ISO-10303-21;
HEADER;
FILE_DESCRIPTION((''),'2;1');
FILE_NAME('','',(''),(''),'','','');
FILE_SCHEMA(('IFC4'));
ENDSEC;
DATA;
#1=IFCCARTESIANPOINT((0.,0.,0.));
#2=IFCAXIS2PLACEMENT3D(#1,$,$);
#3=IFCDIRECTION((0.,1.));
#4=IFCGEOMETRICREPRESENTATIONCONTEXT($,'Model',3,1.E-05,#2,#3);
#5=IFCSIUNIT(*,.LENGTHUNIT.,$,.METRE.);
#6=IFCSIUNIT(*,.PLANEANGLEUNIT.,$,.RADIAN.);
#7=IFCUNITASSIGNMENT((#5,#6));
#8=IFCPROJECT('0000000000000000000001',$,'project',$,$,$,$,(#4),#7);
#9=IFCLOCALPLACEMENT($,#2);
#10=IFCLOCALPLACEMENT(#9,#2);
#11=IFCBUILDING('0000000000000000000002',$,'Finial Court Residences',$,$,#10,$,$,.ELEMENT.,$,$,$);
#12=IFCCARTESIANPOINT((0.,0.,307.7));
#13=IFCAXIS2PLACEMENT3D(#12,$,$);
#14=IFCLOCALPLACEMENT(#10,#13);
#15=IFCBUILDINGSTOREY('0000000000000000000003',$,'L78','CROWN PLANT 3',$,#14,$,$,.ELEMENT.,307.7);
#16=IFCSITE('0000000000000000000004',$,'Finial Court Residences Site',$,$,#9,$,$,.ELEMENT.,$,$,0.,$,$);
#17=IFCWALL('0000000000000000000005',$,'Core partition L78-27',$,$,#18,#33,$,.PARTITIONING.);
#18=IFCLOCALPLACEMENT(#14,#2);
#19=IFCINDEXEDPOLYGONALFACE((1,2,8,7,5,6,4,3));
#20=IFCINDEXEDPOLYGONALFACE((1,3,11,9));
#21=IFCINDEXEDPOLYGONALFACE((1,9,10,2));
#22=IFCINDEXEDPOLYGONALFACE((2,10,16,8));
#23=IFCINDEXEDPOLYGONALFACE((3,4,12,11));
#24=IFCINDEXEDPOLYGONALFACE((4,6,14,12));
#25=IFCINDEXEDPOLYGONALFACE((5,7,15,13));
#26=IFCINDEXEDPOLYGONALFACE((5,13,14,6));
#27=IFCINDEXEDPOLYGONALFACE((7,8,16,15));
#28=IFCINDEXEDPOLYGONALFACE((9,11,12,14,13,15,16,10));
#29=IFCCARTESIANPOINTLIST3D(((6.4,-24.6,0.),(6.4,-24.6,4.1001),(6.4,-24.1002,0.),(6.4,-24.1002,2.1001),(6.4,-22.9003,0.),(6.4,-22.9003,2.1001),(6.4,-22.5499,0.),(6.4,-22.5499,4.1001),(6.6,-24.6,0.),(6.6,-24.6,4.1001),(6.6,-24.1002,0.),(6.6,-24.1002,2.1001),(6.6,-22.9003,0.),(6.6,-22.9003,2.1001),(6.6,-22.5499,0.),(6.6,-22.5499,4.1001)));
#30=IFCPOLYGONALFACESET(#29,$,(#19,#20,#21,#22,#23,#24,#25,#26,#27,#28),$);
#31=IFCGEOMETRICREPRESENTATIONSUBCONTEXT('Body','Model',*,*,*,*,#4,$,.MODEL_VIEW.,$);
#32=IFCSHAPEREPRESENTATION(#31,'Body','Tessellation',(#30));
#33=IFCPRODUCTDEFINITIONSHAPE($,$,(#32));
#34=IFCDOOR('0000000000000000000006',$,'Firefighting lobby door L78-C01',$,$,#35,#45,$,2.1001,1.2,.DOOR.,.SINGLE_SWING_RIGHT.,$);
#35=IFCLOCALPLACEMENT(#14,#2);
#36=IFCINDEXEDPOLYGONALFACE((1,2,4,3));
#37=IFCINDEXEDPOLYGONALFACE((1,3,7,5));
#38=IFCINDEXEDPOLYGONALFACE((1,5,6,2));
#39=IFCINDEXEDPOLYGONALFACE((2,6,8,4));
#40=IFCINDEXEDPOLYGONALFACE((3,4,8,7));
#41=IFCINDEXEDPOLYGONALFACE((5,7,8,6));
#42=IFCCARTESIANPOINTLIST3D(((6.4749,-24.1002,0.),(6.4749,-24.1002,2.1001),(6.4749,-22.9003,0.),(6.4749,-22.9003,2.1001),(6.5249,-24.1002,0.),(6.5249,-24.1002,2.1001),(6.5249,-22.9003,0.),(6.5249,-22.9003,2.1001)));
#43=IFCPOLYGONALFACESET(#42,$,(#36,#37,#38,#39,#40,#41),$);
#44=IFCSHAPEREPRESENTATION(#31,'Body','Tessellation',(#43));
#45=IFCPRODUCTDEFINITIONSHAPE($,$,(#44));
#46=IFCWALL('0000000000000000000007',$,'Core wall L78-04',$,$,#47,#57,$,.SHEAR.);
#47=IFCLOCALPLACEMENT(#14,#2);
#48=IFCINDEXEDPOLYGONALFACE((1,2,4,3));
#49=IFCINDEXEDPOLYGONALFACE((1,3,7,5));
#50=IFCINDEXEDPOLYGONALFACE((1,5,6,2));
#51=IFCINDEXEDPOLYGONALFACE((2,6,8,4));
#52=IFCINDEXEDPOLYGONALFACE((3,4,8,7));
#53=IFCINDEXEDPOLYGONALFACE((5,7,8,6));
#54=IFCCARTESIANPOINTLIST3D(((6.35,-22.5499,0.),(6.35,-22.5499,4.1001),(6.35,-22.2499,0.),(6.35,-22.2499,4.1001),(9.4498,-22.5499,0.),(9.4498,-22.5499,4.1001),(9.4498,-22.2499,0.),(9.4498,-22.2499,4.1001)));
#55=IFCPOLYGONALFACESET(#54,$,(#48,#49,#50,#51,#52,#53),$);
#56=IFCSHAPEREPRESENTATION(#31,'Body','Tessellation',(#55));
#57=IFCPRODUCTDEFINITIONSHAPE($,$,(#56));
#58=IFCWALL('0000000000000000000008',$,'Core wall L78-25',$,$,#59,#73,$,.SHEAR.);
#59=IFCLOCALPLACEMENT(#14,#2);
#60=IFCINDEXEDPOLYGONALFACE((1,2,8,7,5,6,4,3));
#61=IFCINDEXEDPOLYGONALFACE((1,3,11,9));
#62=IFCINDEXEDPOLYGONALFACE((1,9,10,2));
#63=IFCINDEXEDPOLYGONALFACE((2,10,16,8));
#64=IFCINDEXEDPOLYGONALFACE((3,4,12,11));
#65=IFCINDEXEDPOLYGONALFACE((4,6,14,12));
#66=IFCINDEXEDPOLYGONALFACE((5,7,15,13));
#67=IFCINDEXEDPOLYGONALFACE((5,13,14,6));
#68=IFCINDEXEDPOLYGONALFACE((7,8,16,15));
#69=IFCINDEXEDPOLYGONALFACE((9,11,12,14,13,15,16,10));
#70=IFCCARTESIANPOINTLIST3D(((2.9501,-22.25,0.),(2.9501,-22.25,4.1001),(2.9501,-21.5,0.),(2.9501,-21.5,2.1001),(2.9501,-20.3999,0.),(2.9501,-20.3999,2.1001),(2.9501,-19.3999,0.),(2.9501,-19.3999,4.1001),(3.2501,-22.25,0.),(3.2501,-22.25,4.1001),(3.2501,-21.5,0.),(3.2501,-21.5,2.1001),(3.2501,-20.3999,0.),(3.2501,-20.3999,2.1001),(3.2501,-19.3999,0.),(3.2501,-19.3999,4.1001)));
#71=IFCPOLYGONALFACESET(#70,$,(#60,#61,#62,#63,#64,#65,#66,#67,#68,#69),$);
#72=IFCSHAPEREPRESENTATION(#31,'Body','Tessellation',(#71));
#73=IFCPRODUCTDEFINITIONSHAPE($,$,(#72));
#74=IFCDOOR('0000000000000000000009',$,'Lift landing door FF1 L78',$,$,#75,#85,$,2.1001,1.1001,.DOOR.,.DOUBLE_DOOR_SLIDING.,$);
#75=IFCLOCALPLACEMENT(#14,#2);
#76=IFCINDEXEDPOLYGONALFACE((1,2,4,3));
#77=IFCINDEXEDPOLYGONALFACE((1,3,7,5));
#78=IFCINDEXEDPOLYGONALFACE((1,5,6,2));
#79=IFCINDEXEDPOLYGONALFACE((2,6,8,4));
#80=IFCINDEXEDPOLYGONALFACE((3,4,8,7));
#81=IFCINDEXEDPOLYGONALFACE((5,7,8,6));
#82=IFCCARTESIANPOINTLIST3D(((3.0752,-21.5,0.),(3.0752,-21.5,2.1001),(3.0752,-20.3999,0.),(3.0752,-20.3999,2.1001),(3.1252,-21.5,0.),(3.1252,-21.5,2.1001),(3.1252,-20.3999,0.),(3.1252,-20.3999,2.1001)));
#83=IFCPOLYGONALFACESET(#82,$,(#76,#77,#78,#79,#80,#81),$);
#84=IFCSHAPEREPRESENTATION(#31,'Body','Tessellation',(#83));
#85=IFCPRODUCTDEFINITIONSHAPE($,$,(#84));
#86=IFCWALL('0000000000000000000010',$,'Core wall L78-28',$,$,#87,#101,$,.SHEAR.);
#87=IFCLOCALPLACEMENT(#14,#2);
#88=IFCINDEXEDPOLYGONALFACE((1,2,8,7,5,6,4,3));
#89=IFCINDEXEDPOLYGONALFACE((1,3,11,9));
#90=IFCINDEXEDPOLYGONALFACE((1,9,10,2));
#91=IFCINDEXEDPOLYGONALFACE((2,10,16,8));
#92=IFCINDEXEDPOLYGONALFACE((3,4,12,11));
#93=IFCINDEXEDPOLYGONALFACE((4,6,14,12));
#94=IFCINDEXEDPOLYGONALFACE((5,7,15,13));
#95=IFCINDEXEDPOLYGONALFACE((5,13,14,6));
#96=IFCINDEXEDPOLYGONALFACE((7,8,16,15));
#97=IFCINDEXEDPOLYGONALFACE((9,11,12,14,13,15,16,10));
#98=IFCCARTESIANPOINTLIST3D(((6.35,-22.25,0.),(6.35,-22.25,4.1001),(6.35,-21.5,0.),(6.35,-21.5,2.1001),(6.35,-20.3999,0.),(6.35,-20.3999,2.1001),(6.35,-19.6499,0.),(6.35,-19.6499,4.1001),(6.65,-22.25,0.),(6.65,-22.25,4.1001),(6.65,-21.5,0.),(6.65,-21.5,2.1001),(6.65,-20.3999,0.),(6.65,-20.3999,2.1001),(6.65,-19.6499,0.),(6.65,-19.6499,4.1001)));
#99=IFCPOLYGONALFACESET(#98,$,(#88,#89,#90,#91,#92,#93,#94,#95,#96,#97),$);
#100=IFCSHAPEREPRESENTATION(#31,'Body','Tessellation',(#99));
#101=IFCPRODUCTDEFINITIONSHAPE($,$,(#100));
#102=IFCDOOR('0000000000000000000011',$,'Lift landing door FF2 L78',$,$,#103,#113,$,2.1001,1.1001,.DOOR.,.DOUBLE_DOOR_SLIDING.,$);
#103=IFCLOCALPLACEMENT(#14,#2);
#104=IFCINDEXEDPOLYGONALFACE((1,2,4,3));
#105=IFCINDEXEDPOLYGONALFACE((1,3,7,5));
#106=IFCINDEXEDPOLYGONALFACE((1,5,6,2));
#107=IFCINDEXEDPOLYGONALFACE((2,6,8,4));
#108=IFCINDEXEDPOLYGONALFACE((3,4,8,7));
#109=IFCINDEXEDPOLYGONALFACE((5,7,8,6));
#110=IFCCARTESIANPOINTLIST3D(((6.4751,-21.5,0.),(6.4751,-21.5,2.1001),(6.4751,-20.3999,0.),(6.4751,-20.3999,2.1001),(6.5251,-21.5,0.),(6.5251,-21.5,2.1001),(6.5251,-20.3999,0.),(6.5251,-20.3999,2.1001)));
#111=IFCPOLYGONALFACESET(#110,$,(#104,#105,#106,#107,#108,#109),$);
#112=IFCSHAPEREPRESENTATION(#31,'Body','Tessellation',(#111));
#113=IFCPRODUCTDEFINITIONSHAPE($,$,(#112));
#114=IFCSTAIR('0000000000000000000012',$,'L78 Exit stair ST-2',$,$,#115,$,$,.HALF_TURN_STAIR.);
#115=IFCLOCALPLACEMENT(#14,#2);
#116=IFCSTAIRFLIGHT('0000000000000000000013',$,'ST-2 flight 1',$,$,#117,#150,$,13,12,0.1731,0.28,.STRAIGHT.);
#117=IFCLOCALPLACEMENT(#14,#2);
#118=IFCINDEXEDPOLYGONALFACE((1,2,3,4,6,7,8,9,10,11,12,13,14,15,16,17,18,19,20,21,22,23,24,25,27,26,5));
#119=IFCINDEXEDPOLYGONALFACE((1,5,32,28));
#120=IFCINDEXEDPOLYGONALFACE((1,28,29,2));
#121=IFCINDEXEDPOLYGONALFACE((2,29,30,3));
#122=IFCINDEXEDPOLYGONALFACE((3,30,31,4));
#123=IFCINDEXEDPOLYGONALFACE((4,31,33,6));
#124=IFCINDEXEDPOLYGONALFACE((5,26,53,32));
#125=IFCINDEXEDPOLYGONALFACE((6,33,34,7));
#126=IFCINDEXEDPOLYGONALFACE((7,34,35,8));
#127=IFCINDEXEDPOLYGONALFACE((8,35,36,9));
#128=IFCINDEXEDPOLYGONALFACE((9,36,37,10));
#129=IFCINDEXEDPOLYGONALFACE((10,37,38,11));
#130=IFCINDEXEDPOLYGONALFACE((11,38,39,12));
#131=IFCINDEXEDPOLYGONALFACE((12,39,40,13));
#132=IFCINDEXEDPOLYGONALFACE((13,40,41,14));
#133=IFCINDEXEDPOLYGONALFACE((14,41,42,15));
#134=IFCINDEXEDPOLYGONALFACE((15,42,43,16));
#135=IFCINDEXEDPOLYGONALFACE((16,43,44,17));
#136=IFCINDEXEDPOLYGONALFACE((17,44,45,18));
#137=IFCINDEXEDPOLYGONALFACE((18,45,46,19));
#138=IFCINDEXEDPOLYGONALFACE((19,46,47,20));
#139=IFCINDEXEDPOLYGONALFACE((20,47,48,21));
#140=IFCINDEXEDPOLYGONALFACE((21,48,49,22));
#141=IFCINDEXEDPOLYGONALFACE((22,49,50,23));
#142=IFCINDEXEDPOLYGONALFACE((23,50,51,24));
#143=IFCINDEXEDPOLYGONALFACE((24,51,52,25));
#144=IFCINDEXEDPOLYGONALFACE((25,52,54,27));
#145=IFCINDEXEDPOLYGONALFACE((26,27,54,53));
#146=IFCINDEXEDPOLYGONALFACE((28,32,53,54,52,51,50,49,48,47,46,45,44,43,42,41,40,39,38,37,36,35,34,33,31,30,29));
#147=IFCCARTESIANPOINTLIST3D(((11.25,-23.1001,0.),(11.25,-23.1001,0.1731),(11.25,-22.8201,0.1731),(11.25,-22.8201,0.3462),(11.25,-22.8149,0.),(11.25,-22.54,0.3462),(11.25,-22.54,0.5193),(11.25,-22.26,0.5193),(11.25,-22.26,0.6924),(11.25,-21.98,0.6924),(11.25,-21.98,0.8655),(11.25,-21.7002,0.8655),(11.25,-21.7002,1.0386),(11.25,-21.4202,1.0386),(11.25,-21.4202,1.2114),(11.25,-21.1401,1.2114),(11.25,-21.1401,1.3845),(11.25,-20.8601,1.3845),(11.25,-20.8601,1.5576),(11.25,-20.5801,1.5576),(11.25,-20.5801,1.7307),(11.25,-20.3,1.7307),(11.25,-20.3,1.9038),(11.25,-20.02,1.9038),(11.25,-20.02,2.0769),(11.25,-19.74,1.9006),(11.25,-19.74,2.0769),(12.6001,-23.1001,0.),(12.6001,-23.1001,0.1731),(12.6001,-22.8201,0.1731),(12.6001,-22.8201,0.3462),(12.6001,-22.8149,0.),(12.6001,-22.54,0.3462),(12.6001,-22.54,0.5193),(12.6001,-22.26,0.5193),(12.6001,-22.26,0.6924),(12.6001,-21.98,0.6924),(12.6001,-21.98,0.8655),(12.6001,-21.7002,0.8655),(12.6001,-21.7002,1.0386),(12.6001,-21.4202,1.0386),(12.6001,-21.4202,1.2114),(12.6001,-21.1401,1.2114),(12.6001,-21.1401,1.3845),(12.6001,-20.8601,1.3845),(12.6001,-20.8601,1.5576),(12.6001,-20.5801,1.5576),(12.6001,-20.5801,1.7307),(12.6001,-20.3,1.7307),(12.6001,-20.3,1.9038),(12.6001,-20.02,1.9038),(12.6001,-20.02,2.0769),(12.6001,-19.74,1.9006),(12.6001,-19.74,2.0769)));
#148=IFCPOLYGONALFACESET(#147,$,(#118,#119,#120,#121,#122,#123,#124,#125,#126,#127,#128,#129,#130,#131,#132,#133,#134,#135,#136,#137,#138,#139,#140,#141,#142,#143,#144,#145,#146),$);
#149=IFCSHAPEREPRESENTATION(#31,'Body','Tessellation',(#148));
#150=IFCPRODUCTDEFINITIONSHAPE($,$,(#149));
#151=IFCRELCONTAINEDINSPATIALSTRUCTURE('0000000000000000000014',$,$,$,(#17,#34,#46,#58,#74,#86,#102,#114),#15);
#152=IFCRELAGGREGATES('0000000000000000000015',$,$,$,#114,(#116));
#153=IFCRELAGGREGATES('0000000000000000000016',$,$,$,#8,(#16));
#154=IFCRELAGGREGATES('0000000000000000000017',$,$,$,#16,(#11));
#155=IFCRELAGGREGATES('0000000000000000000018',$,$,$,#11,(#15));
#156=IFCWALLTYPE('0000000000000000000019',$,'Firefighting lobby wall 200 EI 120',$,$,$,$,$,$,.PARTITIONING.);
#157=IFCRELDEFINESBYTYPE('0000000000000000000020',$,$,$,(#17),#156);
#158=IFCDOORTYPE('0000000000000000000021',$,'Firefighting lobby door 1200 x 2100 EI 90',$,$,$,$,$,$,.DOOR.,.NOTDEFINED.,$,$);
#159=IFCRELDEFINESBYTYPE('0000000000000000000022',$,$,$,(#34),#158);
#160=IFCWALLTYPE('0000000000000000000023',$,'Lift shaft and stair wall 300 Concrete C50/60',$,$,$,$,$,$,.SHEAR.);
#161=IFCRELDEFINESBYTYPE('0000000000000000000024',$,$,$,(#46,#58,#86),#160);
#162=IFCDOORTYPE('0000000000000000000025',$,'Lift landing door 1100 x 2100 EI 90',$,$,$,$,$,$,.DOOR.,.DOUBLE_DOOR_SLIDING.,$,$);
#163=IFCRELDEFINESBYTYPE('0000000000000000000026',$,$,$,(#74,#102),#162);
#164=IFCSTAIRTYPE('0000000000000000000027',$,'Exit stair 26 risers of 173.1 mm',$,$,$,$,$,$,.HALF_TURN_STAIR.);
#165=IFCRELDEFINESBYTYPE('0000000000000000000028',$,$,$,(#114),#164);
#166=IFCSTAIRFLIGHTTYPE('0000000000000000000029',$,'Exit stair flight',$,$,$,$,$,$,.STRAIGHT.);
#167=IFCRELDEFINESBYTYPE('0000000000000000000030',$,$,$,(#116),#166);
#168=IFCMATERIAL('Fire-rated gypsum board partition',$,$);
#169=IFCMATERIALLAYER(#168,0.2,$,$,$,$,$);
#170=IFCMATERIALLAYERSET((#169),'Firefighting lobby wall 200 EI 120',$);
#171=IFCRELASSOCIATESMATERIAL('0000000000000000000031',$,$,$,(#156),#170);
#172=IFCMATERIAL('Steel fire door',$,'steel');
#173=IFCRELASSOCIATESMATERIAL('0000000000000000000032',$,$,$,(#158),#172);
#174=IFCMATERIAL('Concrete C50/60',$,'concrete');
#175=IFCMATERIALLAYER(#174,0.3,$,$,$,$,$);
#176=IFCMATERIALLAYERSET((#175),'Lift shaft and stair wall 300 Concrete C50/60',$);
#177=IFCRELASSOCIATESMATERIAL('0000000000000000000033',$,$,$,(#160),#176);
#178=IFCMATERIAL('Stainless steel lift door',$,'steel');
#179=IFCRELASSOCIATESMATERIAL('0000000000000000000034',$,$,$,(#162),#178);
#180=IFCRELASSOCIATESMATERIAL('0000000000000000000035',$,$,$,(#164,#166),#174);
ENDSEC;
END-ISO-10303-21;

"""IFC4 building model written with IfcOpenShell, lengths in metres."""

from ifc_helpers import new_model, si_unit, direction, frame, frame_2d, origin, place, context, subcontext, project, spatial, polyline, rectangle, outline, extrude, material, layer, layer_set, type_object, element, fill, aggregate, save


model = new_model("IFC4")

# Units and contexts
model_context = context("Model", 3, precision=1e-05, world=origin(), true_north=direction((0.0, 1.0)))
body_context = subcontext(model_context, "Body", "Model", "MODEL_VIEW")
ifc_project = project(units=[si_unit("LENGTHUNIT", "METRE"), si_unit("PLANEANGLEUNIT", "RADIAN")], contexts=[model_context])

# Site, building, storey
site_placement = place(None, origin())
site = spatial("IfcSite", under=ifc_project, at=site_placement, Name="Finial Court Residences Site", CompositionType="ELEMENT", RefElevation=0.0)
building_placement = place(site_placement, origin())
building = spatial("IfcBuilding", under=site, at=building_placement, Name="Finial Court Residences", CompositionType="ELEMENT")
storey_placement = place(building_placement, frame((0.0, 0.0, 307.7)))
storey = spatial("IfcBuildingStorey", under=building, at=storey_placement, Name="L78", Description="CROWN PLANT 3", CompositionType="ELEMENT", Elevation=307.7)

# Shared definitions
ifc_material_1 = material(Name="Concrete C50/60", Category="concrete")

# Wall, opening, door
ifc_material_2 = material(Name="Fire-rated gypsum board partition")
ifc_layer_1 = layer(ifc_material_2, 0.2)
ifc_layer_set_1 = layer_set([ifc_layer_1], Name="Firefighting lobby wall 200 EI 120")
wall_type_1 = type_object("IfcWallType", Name="Firefighting lobby wall 200 EI 120", PredefinedType="PARTITIONING", material=ifc_layer_set_1)
ifc_material_3 = material(Name="Steel fire door", Category="steel")
wall_1_placement = place(storey_placement, frame((6.5, -22.55, 0.0), z_axis=(0.0, 0.0, 1.0), x_axis=(0.0, -1.0, 0.0)))
wall_1 = element("IfcWall", 1, at=wall_1_placement, inside=storey, type_object=wall_type_1, Name="Core partition L78-27", PredefinedType="PARTITIONING", context=body_context, shape_type="SweptSolid", body=[
    extrude(rectangle(XDim=2.05, YDim=0.2, at=frame_2d((1.0249, 0.0))), origin(), (0.0, 0.0, 1.0), 4.1001),
])
opening_1_placement = place(wall_1_placement, frame((0.3501, 0.0, 0.0)))
opening_1 = element("IfcOpeningElement", 2, at=opening_1_placement, cuts=wall_1, PredefinedType="OPENING", context=body_context, shape_type="SweptSolid", body=[
    extrude(rectangle(XDim=1.2, YDim=2.1001, at=frame_2d((0.6001, 1.05))), frame((0.0, 0.1099, 0.0), z_axis=(0.0, -1.0, 0.0), x_axis=(1.0, 0.0, 0.0)), (0.0, 0.0, 1.0), 0.22),
])
door_type_1 = type_object("IfcDoorType", Name="Firefighting lobby door 1200 x 2100 EI 90", OperationType="NOTDEFINED", PredefinedType="DOOR", material=ifc_material_3)
door_1_placement = place(opening_1_placement, origin())
door_1 = element("IfcDoor", 3, at=door_1_placement, inside=storey, type_object=door_type_1, Name="Firefighting lobby door L78-C01", OperationType="SINGLE_SWING_RIGHT", OverallHeight=2.1001, OverallWidth=1.2, PredefinedType="DOOR", context=body_context, shape_type="SweptSolid", body=[
    extrude(rectangle(XDim=1.2, YDim=2.1001, at=frame_2d((0.6001, 1.05))), frame((0.0, 0.0249, 0.0), z_axis=(0.0, -1.0, 0.0), x_axis=(1.0, 0.0, 0.0)), (0.0, 0.0, 1.0), 0.05),
])
fill(opening_1, door_1)

# Wall
ifc_layer_2 = layer(ifc_material_1, 0.3)
ifc_layer_set_2 = layer_set([ifc_layer_2], Name="Lift shaft and stair wall 300 Concrete C50/60")
wall_type_2 = type_object("IfcWallType", Name="Lift shaft and stair wall 300 Concrete C50/60", PredefinedType="SHEAR", material=ifc_layer_set_2)
wall_2_placement = place(storey_placement, frame((6.3501, -22.3999, 0.0), z_axis=(0.0, 0.0, 1.0), x_axis=(1.0, 0.0, 0.0)))
element("IfcWall", 4, at=wall_2_placement, inside=storey, type_object=wall_type_2, Name="Core wall L78-04", PredefinedType="SHEAR", context=body_context, shape_type="SweptSolid", body=[
    extrude(rectangle(XDim=3.0999, YDim=0.3, at=frame_2d((1.5498, 0.0))), origin(), (0.0, 0.0, 1.0), 4.1001),
])

# Walls, openings, doors
wall_3_placement = place(storey_placement, frame((3.1001, -22.25, 0.0), z_axis=(0.0, 0.0, 1.0), x_axis=(0.0, 1.0, 0.0)))
wall_3 = element("IfcWall", 5, at=wall_3_placement, inside=storey, type_object=wall_type_2, Name="Core wall L78-25", PredefinedType="SHEAR", context=body_context, shape_type="SweptSolid", body=[
    extrude(rectangle(XDim=2.8501, YDim=0.3, at=frame_2d((1.425, 0.0))), origin(), (0.0, 0.0, 1.0), 4.1001),
])
opening_2_placement = place(wall_3_placement, frame((0.75, 0.0, 0.0)))
opening_2 = element("IfcOpeningElement", 6, at=opening_2_placement, cuts=wall_3, PredefinedType="OPENING", context=body_context, shape_type="SweptSolid", body=[
    extrude(rectangle(XDim=1.1001, YDim=2.1001, at=frame_2d((0.55, 1.05))), frame((0.0, 0.1599, 0.0), z_axis=(0.0, -1.0, 0.0), x_axis=(1.0, 0.0, 0.0)), (0.0, 0.0, 1.0), 0.3201),
])
ifc_material_4 = material(Name="Stainless steel lift door", Category="steel")
door_type_2 = type_object("IfcDoorType", Name="Lift landing door 1100 x 2100 EI 90", OperationType="DOUBLE_DOOR_SLIDING", PredefinedType="DOOR", material=ifc_material_4)
door_2_placement = place(opening_2_placement, origin())
door_2 = element("IfcDoor", 7, at=door_2_placement, inside=storey, type_object=door_type_2, Name="Lift landing door FF1 L78", OperationType="DOUBLE_DOOR_SLIDING", OverallHeight=2.1001, OverallWidth=1.1001, PredefinedType="DOOR", context=body_context, shape_type="SweptSolid", body=[
    extrude(rectangle(XDim=1.1001, YDim=2.1001, at=frame_2d((0.55, 1.05))), frame((0.0, 0.0249, 0.0), z_axis=(0.0, -1.0, 0.0), x_axis=(1.0, 0.0, 0.0)), (0.0, 0.0, 1.0), 0.05),
])
fill(opening_2, door_2)
wall_4_placement = place(storey_placement, frame((6.5, -22.25, 0.0), z_axis=(0.0, 0.0, 1.0), x_axis=(0.0, 1.0, 0.0)))
wall_4 = element("IfcWall", 8, at=wall_4_placement, inside=storey, type_object=wall_type_2, Name="Core wall L78-28", PredefinedType="SHEAR", context=body_context, shape_type="SweptSolid", body=[
    extrude(rectangle(XDim=2.6001, YDim=0.3, at=frame_2d((1.3, 0.0))), origin(), (0.0, 0.0, 1.0), 4.1001),
])
opening_3_placement = place(wall_4_placement, frame((0.75, 0.0, 0.0)))
opening_3 = element("IfcOpeningElement", 9, at=opening_3_placement, cuts=wall_4, PredefinedType="OPENING", context=body_context, shape_type="SweptSolid", body=[
    extrude(rectangle(XDim=1.1001, YDim=2.1001, at=frame_2d((0.55, 1.05))), frame((0.0, 0.1599, 0.0), z_axis=(0.0, -1.0, 0.0), x_axis=(1.0, 0.0, 0.0)), (0.0, 0.0, 1.0), 0.3201),
])
door_3_placement = place(opening_3_placement, origin())
door_3 = element("IfcDoor", 10, at=door_3_placement, inside=storey, type_object=door_type_2, Name="Lift landing door FF2 L78", OperationType="DOUBLE_DOOR_SLIDING", OverallHeight=2.1001, OverallWidth=1.1001, PredefinedType="DOOR", context=body_context, shape_type="SweptSolid", body=[
    extrude(rectangle(XDim=1.1001, YDim=2.1001, at=frame_2d((0.55, 1.05))), frame((0.0, 0.0249, 0.0), z_axis=(0.0, -1.0, 0.0), x_axis=(1.0, 0.0, 0.0)), (0.0, 0.0, 1.0), 0.05),
])
fill(opening_3, door_3)

# Stair, stair flight
stair_type = type_object("IfcStairType", Name="Exit stair 26 risers of 173.1 mm", PredefinedType="HALF_TURN_STAIR", material=ifc_material_1)
stair_placement = place(storey_placement, origin())
stair = element("IfcStair", 11, at=stair_placement, inside=storey, type_object=stair_type, Name="L78 Exit stair ST-2", PredefinedType="HALF_TURN_STAIR")
stair_flight_type = type_object("IfcStairFlightType", Name="Exit stair flight", PredefinedType="STRAIGHT", material=ifc_material_1)
stair_flight_1_placement = place(storey_placement, frame((11.925, -23.1001, 0.0), z_axis=(0.0, 0.0, 1.0), x_axis=(0.0, 1.0, 0.0)))
stair_flight_1 = element("IfcStairFlight", 12, at=stair_flight_1_placement, type_object=stair_flight_type, Name="ST-2 flight 1", NumberOfRisers=13, NumberOfTreads=12, PredefinedType="STRAIGHT", RiserHeight=0.1731, TreadLength=0.28, context=body_context, shape_type="SweptSolid", body=[
    extrude(outline(polyline([(0.0, 0.0), (0.0, 0.1731), (0.28, 0.1731), (0.28, 0.3462), (0.5601, 0.3462), (0.5601, 0.5193), (0.8401, 0.5193), (0.8401, 0.6924), (1.1201, 0.6924), (1.1201, 0.8655), (1.3999, 0.8655), (1.3999, 1.0386), (1.6799, 1.0386), (1.6799, 1.2114), (1.96, 1.2114), (1.96, 1.3845), (2.24, 1.3845), (2.24, 1.5576), (2.52, 1.5576), (2.52, 1.7307), (2.8, 1.7307), (2.8, 1.9038), (3.0801, 1.9038), (3.0801, 2.0769), (3.3601, 2.0769), (3.3601, 2.25), (3.3601, 1.9006), (0.2852, 0.0), (0.0, 0.0)])), frame((0.0, 0.675, 0.0), z_axis=(0.0, -1.0, 0.0), x_axis=(1.0, 0.0, 0.0)), (0.0, 0.0, 1.0), 1.3501),
])
aggregate(stair, [stair_flight_1])

save(model, "model.ifc")
